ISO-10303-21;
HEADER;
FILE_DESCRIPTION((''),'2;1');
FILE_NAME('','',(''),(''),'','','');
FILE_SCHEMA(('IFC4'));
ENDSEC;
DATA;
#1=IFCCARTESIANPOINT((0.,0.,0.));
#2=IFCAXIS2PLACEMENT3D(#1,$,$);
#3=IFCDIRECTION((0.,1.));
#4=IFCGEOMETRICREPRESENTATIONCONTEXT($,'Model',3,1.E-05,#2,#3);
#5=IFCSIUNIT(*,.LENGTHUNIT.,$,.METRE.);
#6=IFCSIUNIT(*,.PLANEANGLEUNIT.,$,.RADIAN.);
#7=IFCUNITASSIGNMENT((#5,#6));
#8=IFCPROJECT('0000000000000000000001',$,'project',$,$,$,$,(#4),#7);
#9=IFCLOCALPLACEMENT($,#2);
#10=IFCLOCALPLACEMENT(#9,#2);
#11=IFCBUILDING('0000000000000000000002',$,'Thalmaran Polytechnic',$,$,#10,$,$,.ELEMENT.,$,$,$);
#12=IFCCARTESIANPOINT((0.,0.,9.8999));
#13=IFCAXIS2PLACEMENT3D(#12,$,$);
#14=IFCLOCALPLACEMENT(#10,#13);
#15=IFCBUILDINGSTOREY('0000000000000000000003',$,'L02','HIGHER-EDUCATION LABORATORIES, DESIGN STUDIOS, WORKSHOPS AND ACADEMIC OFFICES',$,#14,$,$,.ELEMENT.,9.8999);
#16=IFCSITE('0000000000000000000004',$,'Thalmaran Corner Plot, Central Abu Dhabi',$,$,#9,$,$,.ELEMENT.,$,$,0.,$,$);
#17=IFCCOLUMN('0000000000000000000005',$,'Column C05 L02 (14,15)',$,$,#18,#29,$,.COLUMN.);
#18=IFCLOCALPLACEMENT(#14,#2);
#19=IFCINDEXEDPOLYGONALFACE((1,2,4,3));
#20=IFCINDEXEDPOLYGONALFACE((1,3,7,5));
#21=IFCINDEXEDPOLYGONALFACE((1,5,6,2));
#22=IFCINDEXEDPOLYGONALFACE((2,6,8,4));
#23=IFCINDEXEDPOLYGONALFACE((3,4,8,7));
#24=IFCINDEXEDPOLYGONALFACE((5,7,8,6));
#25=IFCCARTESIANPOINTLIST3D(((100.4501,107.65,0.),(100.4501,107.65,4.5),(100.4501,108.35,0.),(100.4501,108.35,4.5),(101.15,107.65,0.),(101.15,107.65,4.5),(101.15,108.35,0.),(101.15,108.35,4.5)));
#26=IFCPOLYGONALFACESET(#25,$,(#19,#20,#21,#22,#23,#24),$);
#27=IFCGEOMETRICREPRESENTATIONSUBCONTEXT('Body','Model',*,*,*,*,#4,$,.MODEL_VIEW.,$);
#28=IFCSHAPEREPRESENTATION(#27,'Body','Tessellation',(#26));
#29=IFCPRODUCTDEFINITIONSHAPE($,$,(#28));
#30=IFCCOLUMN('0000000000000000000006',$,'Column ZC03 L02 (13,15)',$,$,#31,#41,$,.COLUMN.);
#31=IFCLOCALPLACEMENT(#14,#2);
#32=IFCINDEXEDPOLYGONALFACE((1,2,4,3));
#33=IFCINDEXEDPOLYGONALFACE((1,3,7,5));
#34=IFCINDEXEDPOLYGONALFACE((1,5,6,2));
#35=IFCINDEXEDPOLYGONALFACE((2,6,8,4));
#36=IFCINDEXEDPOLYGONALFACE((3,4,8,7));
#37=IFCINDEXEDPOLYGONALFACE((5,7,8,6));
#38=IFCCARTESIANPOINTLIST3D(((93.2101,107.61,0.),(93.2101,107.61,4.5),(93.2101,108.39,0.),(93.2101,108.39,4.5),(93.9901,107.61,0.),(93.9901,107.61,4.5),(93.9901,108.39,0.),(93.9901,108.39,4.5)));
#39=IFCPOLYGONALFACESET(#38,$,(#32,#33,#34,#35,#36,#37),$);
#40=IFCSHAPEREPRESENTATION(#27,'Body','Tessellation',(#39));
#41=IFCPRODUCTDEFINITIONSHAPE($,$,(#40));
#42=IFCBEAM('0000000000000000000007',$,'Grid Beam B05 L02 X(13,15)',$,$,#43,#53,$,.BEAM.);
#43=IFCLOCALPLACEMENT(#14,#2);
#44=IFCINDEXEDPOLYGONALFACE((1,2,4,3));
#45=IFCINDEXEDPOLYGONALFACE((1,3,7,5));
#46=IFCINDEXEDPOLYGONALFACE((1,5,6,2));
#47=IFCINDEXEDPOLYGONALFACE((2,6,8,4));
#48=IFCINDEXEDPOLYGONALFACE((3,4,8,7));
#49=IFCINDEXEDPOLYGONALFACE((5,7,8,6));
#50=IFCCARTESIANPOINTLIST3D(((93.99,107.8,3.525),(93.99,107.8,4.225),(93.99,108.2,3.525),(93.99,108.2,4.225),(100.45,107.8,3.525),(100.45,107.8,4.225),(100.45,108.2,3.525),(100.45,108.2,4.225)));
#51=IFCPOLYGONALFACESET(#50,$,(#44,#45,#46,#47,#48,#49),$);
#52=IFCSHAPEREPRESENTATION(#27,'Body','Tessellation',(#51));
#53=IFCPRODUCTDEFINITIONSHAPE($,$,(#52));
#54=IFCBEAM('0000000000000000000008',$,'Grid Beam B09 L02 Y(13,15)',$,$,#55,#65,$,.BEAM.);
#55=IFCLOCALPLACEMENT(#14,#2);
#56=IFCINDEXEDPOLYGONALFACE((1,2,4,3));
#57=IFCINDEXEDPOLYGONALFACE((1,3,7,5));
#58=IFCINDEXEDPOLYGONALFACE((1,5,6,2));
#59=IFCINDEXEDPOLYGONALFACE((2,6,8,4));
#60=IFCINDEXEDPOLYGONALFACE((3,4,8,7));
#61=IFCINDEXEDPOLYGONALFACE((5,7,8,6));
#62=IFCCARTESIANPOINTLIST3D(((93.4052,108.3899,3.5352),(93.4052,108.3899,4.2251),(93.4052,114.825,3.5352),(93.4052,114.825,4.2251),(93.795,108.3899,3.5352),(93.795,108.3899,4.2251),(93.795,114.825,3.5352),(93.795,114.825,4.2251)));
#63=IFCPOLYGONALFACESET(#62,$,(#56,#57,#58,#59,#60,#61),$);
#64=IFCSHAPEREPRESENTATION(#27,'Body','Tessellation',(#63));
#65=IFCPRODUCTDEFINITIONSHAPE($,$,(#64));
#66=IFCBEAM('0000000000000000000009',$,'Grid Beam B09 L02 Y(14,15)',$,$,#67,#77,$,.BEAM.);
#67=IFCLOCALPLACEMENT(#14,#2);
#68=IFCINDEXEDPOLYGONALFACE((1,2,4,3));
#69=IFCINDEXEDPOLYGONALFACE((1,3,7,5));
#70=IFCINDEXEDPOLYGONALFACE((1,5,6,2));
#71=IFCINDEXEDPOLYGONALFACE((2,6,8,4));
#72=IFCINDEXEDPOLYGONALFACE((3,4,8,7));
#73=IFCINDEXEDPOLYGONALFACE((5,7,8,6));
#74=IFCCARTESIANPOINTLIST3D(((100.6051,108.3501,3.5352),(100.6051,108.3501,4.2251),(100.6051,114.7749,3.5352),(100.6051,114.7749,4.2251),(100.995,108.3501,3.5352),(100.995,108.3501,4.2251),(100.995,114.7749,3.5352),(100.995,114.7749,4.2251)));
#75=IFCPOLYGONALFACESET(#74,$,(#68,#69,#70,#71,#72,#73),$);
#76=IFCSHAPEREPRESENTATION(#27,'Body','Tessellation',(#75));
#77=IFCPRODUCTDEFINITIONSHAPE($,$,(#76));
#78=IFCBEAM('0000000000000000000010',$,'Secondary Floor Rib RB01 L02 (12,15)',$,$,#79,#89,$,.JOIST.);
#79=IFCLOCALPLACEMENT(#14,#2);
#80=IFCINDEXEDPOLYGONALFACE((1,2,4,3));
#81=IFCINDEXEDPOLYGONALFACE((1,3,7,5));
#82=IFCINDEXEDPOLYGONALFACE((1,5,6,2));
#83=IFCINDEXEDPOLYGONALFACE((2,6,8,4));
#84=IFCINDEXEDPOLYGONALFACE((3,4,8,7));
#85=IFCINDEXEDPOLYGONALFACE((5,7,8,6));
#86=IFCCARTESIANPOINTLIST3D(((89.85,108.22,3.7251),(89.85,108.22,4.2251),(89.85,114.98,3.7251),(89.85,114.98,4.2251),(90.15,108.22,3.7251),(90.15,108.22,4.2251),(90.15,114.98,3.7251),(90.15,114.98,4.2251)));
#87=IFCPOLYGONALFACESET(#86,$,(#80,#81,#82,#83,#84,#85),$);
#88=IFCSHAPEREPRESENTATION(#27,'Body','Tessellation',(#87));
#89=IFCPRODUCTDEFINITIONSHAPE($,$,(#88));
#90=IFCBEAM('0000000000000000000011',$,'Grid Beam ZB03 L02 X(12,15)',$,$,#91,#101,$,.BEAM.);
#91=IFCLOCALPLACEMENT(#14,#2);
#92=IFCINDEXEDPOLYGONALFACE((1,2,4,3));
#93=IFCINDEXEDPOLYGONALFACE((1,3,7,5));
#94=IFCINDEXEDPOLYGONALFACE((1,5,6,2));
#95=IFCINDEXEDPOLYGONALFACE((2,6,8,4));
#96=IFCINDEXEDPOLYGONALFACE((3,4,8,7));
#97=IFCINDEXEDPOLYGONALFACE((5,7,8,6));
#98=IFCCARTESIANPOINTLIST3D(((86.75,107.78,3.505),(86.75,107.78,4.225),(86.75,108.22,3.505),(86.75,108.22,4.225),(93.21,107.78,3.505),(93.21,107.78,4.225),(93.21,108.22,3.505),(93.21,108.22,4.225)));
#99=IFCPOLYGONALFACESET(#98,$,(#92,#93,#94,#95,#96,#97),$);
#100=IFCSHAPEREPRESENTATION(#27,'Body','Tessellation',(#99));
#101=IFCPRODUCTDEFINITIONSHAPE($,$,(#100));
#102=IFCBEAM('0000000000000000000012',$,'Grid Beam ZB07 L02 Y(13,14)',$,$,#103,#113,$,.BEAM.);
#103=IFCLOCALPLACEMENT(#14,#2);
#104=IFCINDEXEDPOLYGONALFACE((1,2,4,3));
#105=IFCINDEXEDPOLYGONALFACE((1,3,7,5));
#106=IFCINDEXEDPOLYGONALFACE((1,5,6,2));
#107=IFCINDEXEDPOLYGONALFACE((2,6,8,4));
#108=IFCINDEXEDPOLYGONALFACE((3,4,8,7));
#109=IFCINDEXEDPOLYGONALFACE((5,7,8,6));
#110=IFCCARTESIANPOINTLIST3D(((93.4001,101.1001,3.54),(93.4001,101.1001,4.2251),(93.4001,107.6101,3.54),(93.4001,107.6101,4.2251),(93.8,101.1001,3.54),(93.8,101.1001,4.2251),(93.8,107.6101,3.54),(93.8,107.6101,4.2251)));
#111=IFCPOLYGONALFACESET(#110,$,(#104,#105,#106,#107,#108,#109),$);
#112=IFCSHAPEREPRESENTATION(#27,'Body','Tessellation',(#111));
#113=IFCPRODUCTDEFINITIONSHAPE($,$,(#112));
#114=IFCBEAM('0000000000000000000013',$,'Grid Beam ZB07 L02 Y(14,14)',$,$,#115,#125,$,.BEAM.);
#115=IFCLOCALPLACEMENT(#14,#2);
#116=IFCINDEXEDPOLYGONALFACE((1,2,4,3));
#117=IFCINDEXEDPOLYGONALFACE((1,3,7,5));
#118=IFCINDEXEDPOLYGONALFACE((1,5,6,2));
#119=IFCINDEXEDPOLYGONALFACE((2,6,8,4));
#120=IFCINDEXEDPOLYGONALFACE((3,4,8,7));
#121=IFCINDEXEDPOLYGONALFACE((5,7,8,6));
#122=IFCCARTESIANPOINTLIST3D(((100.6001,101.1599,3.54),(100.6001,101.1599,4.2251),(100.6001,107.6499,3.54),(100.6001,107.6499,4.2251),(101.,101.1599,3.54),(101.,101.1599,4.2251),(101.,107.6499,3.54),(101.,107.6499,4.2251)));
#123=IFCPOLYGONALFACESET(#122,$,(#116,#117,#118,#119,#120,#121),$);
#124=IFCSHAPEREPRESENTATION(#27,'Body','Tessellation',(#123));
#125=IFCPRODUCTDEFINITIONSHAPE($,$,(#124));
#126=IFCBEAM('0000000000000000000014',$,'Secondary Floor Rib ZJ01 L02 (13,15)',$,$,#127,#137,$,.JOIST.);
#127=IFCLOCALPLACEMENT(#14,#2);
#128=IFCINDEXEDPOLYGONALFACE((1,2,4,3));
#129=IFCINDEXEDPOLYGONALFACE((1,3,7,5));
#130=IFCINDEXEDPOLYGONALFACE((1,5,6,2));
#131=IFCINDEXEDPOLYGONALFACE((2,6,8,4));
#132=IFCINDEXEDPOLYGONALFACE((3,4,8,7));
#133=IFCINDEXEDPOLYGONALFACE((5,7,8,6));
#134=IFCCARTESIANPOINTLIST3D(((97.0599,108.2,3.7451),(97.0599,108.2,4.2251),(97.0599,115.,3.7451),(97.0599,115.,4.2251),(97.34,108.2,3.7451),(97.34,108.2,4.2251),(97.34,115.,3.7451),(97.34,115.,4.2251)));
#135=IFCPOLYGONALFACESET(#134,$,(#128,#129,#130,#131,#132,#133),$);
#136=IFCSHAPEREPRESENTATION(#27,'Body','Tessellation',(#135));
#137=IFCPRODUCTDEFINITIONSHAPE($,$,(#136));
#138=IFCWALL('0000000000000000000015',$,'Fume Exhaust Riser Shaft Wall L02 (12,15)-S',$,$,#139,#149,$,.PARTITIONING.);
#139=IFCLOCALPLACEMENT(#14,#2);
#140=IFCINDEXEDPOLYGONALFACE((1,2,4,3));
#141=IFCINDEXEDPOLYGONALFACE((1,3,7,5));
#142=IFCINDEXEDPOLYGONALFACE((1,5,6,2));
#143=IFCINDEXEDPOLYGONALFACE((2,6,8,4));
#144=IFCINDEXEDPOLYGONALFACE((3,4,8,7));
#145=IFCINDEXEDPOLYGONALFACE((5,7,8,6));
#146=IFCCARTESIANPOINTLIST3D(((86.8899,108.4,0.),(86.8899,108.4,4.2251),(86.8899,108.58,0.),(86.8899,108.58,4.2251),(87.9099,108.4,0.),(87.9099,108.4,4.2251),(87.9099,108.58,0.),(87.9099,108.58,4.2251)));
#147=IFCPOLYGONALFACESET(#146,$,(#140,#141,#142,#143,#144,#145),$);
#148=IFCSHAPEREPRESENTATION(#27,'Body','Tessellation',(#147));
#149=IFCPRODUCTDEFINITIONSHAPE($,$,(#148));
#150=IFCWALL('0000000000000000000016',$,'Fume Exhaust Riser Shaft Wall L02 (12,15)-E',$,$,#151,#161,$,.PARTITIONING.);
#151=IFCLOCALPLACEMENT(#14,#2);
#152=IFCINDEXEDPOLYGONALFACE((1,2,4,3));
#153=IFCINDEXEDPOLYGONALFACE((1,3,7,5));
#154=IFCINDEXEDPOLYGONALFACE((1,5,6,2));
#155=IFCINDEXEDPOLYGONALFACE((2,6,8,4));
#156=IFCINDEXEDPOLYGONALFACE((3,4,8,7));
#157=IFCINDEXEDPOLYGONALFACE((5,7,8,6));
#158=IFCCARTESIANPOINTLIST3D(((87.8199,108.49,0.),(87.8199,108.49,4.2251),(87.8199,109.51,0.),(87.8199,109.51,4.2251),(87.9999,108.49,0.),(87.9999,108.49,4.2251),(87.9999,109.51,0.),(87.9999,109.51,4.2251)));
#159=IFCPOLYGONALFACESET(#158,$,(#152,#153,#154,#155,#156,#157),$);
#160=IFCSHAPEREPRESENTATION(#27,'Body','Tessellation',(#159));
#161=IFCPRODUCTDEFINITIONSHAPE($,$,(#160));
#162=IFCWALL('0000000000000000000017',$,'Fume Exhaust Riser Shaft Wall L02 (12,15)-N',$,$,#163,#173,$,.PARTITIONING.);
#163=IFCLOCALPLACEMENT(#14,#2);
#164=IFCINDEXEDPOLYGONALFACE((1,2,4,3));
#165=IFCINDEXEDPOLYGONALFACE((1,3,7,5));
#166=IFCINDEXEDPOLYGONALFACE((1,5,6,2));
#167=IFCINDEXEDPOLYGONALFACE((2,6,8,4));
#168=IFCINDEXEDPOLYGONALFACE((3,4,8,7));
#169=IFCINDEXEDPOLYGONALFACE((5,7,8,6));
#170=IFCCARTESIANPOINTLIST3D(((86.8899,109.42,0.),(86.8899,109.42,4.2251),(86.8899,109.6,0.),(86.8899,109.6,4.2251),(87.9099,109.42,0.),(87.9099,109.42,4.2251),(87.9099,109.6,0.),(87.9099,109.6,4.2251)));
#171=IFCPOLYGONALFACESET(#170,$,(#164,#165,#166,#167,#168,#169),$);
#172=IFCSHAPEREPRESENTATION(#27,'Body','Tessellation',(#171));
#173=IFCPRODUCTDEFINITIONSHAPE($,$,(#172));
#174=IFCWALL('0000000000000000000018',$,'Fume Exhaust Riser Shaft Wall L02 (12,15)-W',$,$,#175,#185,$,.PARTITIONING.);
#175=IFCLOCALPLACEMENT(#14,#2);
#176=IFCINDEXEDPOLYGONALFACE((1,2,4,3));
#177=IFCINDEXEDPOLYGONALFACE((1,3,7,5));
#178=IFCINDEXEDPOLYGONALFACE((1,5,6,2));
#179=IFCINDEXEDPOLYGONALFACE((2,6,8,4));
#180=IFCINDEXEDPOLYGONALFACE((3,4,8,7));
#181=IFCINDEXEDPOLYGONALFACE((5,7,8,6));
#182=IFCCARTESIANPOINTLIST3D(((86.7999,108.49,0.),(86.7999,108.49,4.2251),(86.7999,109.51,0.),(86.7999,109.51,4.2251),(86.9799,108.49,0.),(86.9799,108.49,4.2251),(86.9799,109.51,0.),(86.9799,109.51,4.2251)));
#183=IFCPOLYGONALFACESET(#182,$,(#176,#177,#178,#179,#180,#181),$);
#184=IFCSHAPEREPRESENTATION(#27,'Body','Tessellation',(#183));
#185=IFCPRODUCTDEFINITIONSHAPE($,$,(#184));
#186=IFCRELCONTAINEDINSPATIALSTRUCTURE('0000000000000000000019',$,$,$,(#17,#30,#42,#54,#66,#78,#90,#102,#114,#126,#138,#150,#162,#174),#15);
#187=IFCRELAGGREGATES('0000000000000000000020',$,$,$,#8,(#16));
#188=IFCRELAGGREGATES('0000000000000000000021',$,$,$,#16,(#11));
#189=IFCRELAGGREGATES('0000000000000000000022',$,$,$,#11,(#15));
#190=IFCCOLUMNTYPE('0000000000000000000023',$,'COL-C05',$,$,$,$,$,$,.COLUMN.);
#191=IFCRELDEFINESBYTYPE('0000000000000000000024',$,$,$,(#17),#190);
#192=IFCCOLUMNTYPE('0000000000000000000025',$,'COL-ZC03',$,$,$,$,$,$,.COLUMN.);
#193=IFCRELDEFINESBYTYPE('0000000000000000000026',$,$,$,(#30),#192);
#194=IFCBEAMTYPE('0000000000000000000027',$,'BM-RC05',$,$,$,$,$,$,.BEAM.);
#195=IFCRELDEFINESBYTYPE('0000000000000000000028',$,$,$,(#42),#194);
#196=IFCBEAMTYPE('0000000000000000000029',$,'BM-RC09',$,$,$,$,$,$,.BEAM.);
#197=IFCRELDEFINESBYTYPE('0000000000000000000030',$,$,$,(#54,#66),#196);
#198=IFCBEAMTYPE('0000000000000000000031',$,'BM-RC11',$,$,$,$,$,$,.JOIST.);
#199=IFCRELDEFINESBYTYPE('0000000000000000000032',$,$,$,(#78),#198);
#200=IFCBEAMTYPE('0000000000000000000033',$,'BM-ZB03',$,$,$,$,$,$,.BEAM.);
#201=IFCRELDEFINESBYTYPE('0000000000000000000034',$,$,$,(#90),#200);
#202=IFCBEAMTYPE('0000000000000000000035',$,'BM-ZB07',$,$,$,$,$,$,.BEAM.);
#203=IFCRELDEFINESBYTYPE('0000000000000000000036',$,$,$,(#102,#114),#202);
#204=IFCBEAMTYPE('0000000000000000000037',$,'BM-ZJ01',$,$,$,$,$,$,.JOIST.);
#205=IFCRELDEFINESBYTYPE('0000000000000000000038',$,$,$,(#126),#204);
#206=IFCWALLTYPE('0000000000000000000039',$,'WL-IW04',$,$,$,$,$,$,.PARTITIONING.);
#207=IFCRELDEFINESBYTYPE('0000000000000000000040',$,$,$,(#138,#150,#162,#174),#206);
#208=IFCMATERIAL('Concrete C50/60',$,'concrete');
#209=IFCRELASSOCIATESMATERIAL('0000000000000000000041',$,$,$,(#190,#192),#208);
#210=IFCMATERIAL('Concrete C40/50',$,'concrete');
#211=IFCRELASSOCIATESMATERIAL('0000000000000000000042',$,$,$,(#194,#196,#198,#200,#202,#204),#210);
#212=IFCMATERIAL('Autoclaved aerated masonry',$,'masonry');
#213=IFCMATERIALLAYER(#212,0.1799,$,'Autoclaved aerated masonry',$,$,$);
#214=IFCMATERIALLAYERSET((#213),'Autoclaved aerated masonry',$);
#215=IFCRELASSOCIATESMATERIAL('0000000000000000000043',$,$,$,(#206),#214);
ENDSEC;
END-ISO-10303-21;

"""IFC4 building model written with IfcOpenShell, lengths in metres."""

from ifc_helpers import new_model, si_unit, direction, frame, frame_2d, origin, origin_2d, place, context, subcontext, project, spatial, rectangle, extrude, material, layer, layer_set, material_profile, profile_set, type_object, element, save


model = new_model("IFC4")

# Units and contexts
model_context = context("Model", 3, precision=1e-05, world=origin(), true_north=direction((0.0, 1.0)))
body_context = subcontext(model_context, "Body", "Model", "MODEL_VIEW")
ifc_project = project(units=[si_unit("LENGTHUNIT", "METRE"), si_unit("PLANEANGLEUNIT", "RADIAN")], contexts=[model_context])

# Site, building, storey
site_placement = place(None, origin())
site = spatial("IfcSite", under=ifc_project, at=site_placement, Name="Thalmaran Corner Plot, Central Abu Dhabi", CompositionType="ELEMENT", RefElevation=0.0)
building_placement = place(site_placement, origin())
building = spatial("IfcBuilding", under=site, at=building_placement, Name="Thalmaran Polytechnic", CompositionType="ELEMENT")
storey_placement = place(building_placement, frame((0.0, 0.0, 9.8999)))
storey = spatial("IfcBuildingStorey", under=building, at=storey_placement, Name="L02", Description="HIGHER-EDUCATION LABORATORIES, DESIGN STUDIOS, WORKSHOPS AND ACADEMIC OFFICES", CompositionType="ELEMENT", Elevation=9.8999)

# Columns
ifc_material_1 = material(Name="Concrete C50/60", Category="concrete")
ifc_material_profile_1 = material_profile(ifc_material_1, rectangle(XDim=0.7, YDim=0.7, at=origin_2d()), Name="RC 700x700")
ifc_profile_set_1 = profile_set([ifc_material_profile_1], Name="Concrete C50/60")
column_type_1 = type_object("IfcColumnType", Name="COL-C05", PredefinedType="COLUMN", material=ifc_profile_set_1)
column_1_placement = place(storey_placement, frame((100.8, 108.0, 0.0), z_axis=(0.0, 0.0, 1.0), x_axis=(1.0, 0.0, 0.0)))
element("IfcColumn", 1, at=column_1_placement, inside=storey, type_object=column_type_1, Name="Column C05 L02 (14,15)", PredefinedType="COLUMN", context=body_context, shape_type="SweptSolid", body=[
    extrude(rectangle(XDim=0.7, YDim=0.7, at=origin_2d()), origin(), (0.0, 0.0, 1.0), 4.5),
])
ifc_material_profile_2 = material_profile(ifc_material_1, rectangle(XDim=0.78, YDim=0.78, at=origin_2d()), Name="RC 780x780")
ifc_profile_set_2 = profile_set([ifc_material_profile_2], Name="Concrete C50/60")
column_type_2 = type_object("IfcColumnType", Name="COL-ZC03", PredefinedType="COLUMN", material=ifc_profile_set_2)
column_2_placement = place(storey_placement, frame((93.6001, 108.0, 0.0), z_axis=(0.0, 0.0, 1.0), x_axis=(1.0, 0.0, 0.0)))
element("IfcColumn", 2, at=column_2_placement, inside=storey, type_object=column_type_2, Name="Column ZC03 L02 (13,15)", PredefinedType="COLUMN", context=body_context, shape_type="SweptSolid", body=[
    extrude(rectangle(XDim=0.78, YDim=0.78, at=origin_2d()), origin(), (0.0, 0.0, 1.0), 4.5),
])

# Beams
ifc_material_2 = material(Name="Concrete C40/50", Category="concrete")
ifc_material_profile_3 = material_profile(ifc_material_2, rectangle(XDim=0.3999, YDim=0.7, at=origin_2d()), Name="RC 400x700")
ifc_profile_set_3 = profile_set([ifc_material_profile_3], Name="Concrete C40/50")
beam_type_1 = type_object("IfcBeamType", Name="BM-RC05", PredefinedType="BEAM", material=ifc_profile_set_3)
beam_1_placement = place(storey_placement, frame((93.99, 108.0, 3.875), z_axis=(1.0, 0.0, 0.0), x_axis=(0.0, 1.0, 0.0)))
element("IfcBeam", 3, at=beam_1_placement, inside=storey, type_object=beam_type_1, Name="Grid Beam B05 L02 X(13,15)", PredefinedType="BEAM", context=body_context, shape_type="SweptSolid", body=[
    extrude(rectangle(XDim=0.3999, YDim=0.7, at=origin_2d()), origin(), (0.0, 0.0, 1.0), 6.46),
])
ifc_material_profile_4 = material_profile(ifc_material_2, rectangle(XDim=0.3899, YDim=0.6899, at=origin_2d()), Name="RC 390x690")
ifc_profile_set_4 = profile_set([ifc_material_profile_4], Name="Concrete C40/50")
beam_type_2 = type_object("IfcBeamType", Name="BM-RC09", PredefinedType="BEAM", material=ifc_profile_set_4)
beam_2_placement = place(storey_placement, frame((93.6001, 108.3899, 3.8801), z_axis=(0.0, 1.0, 0.0), x_axis=(-1.0, 0.0, 0.0)))
element("IfcBeam", 4, at=beam_2_placement, inside=storey, type_object=beam_type_2, Name="Grid Beam B09 L02 Y(13,15)", PredefinedType="BEAM", context=body_context, shape_type="SweptSolid", body=[
    extrude(rectangle(XDim=0.3899, YDim=0.6899, at=origin_2d()), origin(), (0.0, 0.0, 1.0), 6.4351),
])
beam_3_placement = place(storey_placement, frame((100.8, 108.3501, 3.8801), z_axis=(0.0, 1.0, 0.0), x_axis=(-1.0, 0.0, 0.0)))
element("IfcBeam", 5, at=beam_3_placement, inside=storey, type_object=beam_type_2, Name="Grid Beam B09 L02 Y(14,15)", PredefinedType="BEAM", context=body_context, shape_type="SweptSolid", body=[
    extrude(rectangle(XDim=0.3899, YDim=0.6899, at=origin_2d()), origin(), (0.0, 0.0, 1.0), 6.4248),
])
ifc_material_profile_5 = material_profile(ifc_material_2, rectangle(XDim=0.3, YDim=0.5, at=origin_2d()), Name="RC 300x500")
ifc_profile_set_5 = profile_set([ifc_material_profile_5], Name="Concrete C40/50")
beam_type_3 = type_object("IfcBeamType", Name="BM-RC11", PredefinedType="JOIST", material=ifc_profile_set_5)
beam_4_placement = place(storey_placement, frame((90.0, 108.22, 3.9751), z_axis=(0.0, 1.0, 0.0), x_axis=(-1.0, 0.0, 0.0)))
element("IfcBeam", 6, at=beam_4_placement, inside=storey, type_object=beam_type_3, Name="Secondary Floor Rib RB01 L02 (12,15)", PredefinedType="JOIST", context=body_context, shape_type="SweptSolid", body=[
    extrude(rectangle(XDim=0.3, YDim=0.5, at=origin_2d()), origin(), (0.0, 0.0, 1.0), 6.76),
])
ifc_material_profile_6 = material_profile(ifc_material_2, rectangle(XDim=0.4399, YDim=0.72, at=origin_2d()), Name="RC 440x720")
ifc_profile_set_6 = profile_set([ifc_material_profile_6], Name="Concrete C40/50")
beam_type_4 = type_object("IfcBeamType", Name="BM-ZB03", PredefinedType="BEAM", material=ifc_profile_set_6)
beam_5_placement = place(storey_placement, frame((86.75, 108.0, 3.865), z_axis=(1.0, 0.0, 0.0), x_axis=(0.0, 1.0, 0.0)))
element("IfcBeam", 7, at=beam_5_placement, inside=storey, type_object=beam_type_4, Name="Grid Beam ZB03 L02 X(12,15)", PredefinedType="BEAM", context=body_context, shape_type="SweptSolid", body=[
    extrude(rectangle(XDim=0.4399, YDim=0.72, at=origin_2d()), origin(), (0.0, 0.0, 1.0), 6.46),
])
ifc_material_profile_7 = material_profile(ifc_material_2, rectangle(XDim=0.3999, YDim=0.6851, at=origin_2d()), Name="RC 400x685")
ifc_profile_set_7 = profile_set([ifc_material_profile_7], Name="Concrete C40/50")
beam_type_5 = type_object("IfcBeamType", Name="BM-ZB07", PredefinedType="BEAM", material=ifc_profile_set_7)
beam_6_placement = place(storey_placement, frame((93.6001, 101.1001, 3.8826), z_axis=(0.0, 1.0, 0.0), x_axis=(-1.0, 0.0, 0.0)))
element("IfcBeam", 8, at=beam_6_placement, inside=storey, type_object=beam_type_5, Name="Grid Beam ZB07 L02 Y(13,14)", PredefinedType="BEAM", context=body_context, shape_type="SweptSolid", body=[
    extrude(rectangle(XDim=0.3999, YDim=0.6851, at=origin_2d()), origin(), (0.0, 0.0, 1.0), 6.51),
])
beam_7_placement = place(storey_placement, frame((100.8, 101.1599, 3.8826), z_axis=(0.0, 1.0, 0.0), x_axis=(-1.0, 0.0, 0.0)))
element("IfcBeam", 9, at=beam_7_placement, inside=storey, type_object=beam_type_5, Name="Grid Beam ZB07 L02 Y(14,14)", PredefinedType="BEAM", context=body_context, shape_type="SweptSolid", body=[
    extrude(rectangle(XDim=0.3999, YDim=0.6851, at=origin_2d()), origin(), (0.0, 0.0, 1.0), 6.49),
])
ifc_material_profile_8 = material_profile(ifc_material_2, rectangle(XDim=0.28, YDim=0.48, at=origin_2d()), Name="RC 280x480")
ifc_profile_set_8 = profile_set([ifc_material_profile_8], Name="Concrete C40/50")
beam_type_6 = type_object("IfcBeamType", Name="BM-ZJ01", PredefinedType="JOIST", material=ifc_profile_set_8)
beam_8_placement = place(storey_placement, frame((97.2, 108.2, 3.9851), z_axis=(0.0, 1.0, 0.0), x_axis=(-1.0, 0.0, 0.0)))
element("IfcBeam", 10, at=beam_8_placement, inside=storey, type_object=beam_type_6, Name="Secondary Floor Rib ZJ01 L02 (13,15)", PredefinedType="JOIST", context=body_context, shape_type="SweptSolid", body=[
    extrude(rectangle(XDim=0.28, YDim=0.48, at=origin_2d()), origin(), (0.0, 0.0, 1.0), 6.8),
])

# Walls
ifc_material_3 = material(Name="Autoclaved aerated masonry", Category="masonry")
ifc_layer_1 = layer(ifc_material_3, 0.1799, Name="Autoclaved aerated masonry")
ifc_layer_set_1 = layer_set([ifc_layer_1], Name="Autoclaved aerated masonry")
wall_type_1 = type_object("IfcWallType", Name="WL-IW04", PredefinedType="PARTITIONING", material=ifc_layer_set_1)
for number, where, z_axis, x_axis, name in (
    (11, (86.8899, 108.49, 0.0), (0.0, 0.0, 1.0), (1.0, 0.0, 0.0), "Fume Exhaust Riser Shaft Wall L02 (12,15)-S"),
    (12, (87.9099, 108.49, 0.0), (0.0, 0.0, 1.0), (0.0, 1.0, 0.0), "Fume Exhaust Riser Shaft Wall L02 (12,15)-E"),
    (13, (87.9099, 109.51, 0.0), (0.0, 0.0, 1.0), (-1.0, 0.0, 0.0), "Fume Exhaust Riser Shaft Wall L02 (12,15)-N"),
    (14, (86.8899, 109.51, 0.0), (0.0, 0.0, 1.0), (0.0, -1.0, 0.0), "Fume Exhaust Riser Shaft Wall L02 (12,15)-W"),
):
    element("IfcWall", number, at=place(storey_placement, frame(where, z_axis=z_axis, x_axis=x_axis)), inside=storey, type_object=wall_type_1, Name=name, PredefinedType="PARTITIONING", context=body_context, shape_type="SweptSolid", body=[
        extrude(rectangle(XDim=1.02, YDim=0.1799, at=frame_2d((0.51, 0.0))), origin(), (0.0, 0.0, 1.0), 4.2251),
    ])

save(model, "model.ifc")
